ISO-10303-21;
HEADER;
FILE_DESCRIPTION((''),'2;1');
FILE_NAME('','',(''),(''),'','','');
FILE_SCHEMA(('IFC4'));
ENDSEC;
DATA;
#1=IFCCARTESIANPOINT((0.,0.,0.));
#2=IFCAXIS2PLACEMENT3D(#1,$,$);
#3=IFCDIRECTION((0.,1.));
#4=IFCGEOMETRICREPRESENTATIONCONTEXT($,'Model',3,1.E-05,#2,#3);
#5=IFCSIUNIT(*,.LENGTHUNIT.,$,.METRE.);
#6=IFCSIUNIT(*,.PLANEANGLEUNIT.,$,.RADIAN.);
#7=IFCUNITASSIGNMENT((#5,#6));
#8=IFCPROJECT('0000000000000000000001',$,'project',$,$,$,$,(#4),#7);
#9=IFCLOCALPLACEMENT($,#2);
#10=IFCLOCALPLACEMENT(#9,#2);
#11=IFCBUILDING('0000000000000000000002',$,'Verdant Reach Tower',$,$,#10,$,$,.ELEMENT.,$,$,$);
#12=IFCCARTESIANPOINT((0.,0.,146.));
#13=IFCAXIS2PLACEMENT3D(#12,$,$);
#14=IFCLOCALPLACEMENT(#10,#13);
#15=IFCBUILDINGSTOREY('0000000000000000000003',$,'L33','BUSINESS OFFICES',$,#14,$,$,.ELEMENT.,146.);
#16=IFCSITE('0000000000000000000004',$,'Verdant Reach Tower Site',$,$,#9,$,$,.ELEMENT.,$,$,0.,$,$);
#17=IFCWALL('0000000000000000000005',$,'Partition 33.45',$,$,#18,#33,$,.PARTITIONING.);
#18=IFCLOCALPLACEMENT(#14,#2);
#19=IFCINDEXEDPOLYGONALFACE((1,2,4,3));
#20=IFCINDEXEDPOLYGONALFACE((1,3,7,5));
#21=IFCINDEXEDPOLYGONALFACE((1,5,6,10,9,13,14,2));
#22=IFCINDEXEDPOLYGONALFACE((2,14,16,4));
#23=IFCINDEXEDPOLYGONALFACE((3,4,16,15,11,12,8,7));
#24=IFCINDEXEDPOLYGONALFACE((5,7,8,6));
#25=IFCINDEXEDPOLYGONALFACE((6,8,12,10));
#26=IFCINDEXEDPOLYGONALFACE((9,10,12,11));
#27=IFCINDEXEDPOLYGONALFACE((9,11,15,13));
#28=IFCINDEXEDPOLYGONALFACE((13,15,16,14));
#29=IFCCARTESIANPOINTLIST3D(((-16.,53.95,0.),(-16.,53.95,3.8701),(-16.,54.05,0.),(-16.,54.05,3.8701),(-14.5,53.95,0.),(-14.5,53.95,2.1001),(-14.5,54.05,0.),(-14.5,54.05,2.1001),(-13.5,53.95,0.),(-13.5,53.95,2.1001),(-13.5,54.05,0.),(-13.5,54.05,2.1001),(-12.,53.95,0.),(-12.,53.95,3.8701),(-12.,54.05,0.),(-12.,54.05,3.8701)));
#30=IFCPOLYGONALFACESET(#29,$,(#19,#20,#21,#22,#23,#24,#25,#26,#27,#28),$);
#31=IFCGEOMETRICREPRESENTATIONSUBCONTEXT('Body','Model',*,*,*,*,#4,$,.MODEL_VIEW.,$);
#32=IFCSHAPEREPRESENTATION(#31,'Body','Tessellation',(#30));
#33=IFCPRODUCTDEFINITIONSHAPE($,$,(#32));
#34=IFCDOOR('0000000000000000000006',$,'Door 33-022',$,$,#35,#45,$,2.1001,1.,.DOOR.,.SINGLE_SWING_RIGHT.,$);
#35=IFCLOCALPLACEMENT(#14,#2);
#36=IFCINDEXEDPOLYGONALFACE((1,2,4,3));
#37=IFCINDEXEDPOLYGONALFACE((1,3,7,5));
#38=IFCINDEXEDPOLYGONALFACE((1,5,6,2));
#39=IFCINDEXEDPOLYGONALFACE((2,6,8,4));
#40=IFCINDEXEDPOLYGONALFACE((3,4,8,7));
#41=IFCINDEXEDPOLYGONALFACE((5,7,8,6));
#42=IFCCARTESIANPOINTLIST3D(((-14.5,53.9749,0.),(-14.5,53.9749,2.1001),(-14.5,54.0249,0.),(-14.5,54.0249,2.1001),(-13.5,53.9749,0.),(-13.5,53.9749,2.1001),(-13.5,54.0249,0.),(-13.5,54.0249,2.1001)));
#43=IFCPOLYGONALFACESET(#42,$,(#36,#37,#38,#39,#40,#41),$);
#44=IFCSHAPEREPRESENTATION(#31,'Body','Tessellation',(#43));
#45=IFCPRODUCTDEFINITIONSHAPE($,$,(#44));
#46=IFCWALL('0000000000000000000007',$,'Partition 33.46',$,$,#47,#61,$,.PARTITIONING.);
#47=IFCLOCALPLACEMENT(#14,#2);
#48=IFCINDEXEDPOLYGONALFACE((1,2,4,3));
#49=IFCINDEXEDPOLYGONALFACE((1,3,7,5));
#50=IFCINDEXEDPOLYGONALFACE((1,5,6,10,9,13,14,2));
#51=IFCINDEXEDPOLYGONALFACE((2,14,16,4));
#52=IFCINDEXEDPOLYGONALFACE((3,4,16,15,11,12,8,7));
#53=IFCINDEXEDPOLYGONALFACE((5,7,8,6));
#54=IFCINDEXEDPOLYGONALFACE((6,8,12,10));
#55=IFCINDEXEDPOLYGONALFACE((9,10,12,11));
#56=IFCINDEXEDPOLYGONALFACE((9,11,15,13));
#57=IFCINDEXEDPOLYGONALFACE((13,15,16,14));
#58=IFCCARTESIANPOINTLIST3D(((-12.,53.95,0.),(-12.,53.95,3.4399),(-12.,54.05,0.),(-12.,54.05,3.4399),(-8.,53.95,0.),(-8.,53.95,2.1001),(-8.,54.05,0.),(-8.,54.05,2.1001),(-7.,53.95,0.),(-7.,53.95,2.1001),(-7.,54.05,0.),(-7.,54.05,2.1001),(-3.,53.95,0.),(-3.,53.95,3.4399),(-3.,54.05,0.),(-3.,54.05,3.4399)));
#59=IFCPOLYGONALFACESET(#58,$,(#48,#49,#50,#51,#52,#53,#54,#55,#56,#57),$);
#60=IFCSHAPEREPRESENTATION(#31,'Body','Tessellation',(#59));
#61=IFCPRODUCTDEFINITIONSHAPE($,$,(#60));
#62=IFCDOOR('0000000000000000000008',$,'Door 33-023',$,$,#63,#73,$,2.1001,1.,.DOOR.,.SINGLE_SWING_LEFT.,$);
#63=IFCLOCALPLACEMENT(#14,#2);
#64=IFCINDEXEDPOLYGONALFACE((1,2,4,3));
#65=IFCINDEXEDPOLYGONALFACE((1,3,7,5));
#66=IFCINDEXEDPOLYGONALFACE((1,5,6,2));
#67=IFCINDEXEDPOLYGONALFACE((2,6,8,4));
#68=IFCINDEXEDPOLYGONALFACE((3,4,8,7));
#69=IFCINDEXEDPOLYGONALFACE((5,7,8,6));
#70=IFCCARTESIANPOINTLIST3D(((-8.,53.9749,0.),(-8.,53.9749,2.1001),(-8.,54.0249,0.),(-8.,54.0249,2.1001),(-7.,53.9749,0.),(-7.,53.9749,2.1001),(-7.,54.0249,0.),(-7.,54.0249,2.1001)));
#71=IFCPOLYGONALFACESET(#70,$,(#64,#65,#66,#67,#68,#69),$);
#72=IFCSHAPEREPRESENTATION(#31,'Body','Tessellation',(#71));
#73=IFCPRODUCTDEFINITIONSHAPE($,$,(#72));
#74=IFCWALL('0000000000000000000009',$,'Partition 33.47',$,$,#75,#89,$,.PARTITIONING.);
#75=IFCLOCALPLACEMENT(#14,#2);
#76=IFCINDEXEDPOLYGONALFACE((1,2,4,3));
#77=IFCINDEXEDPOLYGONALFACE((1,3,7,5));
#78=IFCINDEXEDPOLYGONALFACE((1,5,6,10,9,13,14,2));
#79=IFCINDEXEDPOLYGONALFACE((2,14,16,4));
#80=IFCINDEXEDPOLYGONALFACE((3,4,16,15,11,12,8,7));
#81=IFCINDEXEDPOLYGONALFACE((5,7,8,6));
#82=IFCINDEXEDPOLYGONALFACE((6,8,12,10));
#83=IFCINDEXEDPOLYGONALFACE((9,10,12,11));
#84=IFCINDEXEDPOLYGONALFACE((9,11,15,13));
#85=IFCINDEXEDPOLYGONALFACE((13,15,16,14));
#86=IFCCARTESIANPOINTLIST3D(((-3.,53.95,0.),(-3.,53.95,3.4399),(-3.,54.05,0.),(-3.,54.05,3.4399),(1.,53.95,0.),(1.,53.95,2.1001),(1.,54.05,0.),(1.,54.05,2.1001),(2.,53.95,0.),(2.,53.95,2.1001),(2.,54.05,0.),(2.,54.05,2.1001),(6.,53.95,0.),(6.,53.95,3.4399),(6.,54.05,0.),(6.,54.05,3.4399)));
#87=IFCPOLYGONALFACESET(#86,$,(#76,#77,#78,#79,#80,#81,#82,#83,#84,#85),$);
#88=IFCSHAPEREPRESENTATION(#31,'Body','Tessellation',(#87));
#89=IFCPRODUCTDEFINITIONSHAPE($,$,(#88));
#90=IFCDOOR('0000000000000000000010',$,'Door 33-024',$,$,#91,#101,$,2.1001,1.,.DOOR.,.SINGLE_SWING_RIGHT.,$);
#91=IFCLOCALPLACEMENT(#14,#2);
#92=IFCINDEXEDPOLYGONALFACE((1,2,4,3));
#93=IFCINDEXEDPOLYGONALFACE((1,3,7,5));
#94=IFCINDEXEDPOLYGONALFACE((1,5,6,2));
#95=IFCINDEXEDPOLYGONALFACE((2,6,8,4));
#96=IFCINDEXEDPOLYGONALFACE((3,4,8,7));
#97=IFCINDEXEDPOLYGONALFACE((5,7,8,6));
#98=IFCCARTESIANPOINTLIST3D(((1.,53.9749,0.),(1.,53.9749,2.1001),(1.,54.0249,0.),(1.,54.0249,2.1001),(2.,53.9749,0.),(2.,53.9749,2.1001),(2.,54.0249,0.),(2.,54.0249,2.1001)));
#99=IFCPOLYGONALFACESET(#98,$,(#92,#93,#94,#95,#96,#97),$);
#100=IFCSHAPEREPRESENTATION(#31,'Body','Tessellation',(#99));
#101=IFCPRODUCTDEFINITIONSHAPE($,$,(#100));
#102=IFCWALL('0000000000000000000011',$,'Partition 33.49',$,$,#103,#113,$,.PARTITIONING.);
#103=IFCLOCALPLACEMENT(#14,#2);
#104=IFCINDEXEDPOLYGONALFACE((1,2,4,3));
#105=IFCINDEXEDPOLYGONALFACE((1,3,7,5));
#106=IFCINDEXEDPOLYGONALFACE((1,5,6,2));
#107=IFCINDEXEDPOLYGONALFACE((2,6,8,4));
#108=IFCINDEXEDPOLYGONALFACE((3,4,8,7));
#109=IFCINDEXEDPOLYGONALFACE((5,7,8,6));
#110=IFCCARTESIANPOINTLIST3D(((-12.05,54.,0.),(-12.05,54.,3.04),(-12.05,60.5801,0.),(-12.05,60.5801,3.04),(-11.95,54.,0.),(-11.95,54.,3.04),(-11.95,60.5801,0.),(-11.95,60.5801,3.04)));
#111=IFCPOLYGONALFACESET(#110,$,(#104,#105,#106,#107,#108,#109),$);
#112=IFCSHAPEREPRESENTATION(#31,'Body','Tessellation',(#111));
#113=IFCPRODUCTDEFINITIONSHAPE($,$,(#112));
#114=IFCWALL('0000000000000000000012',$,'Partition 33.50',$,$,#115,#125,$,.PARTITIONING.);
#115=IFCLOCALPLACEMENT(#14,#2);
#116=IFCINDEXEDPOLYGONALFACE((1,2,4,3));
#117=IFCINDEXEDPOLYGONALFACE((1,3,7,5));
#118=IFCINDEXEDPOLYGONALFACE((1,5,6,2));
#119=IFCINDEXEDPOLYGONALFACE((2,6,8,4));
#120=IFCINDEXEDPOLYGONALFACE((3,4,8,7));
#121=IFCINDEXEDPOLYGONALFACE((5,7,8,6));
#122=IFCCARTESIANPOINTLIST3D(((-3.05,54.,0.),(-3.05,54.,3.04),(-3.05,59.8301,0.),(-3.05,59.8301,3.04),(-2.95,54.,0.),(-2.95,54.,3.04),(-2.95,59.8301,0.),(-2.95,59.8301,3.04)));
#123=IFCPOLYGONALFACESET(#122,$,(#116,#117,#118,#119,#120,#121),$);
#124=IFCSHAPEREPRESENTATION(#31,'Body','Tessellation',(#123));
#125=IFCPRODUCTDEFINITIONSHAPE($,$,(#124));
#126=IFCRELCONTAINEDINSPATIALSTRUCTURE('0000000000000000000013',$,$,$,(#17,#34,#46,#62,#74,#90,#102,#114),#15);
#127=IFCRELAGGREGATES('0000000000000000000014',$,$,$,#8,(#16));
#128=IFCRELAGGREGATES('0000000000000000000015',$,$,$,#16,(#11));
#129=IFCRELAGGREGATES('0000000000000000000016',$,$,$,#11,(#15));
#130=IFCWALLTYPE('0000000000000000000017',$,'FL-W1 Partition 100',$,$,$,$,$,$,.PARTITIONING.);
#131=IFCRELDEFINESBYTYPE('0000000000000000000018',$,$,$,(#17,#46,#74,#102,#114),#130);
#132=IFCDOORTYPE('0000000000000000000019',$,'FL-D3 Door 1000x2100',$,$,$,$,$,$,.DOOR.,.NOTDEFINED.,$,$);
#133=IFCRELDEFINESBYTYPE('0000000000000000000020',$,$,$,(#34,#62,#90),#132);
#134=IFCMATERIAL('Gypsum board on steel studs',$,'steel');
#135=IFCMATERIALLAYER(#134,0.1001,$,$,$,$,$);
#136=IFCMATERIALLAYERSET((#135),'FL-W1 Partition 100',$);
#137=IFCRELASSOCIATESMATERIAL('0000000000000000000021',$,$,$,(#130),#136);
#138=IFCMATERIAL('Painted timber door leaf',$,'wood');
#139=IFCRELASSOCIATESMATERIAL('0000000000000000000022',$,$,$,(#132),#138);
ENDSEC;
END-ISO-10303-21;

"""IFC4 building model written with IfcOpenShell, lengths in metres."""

from ifc_helpers import new_model, si_unit, direction, frame, frame_2d, origin, place, context, subcontext, project, spatial, rectangle, extrude, material, layer, layer_set, type_object, element, fill, save


model = new_model("IFC4")

# Units and contexts
model_context = context("Model", 3, precision=1e-05, world=origin(), true_north=direction((0.0, 1.0)))
body_context = subcontext(model_context, "Body", "Model", "MODEL_VIEW")
ifc_project = project(units=[si_unit("LENGTHUNIT", "METRE"), si_unit("PLANEANGLEUNIT", "RADIAN")], contexts=[model_context])

# Site, building, storey
site_placement = place(None, origin())
site = spatial("IfcSite", under=ifc_project, at=site_placement, Name="Verdant Reach Tower Site", CompositionType="ELEMENT", RefElevation=0.0)
building_placement = place(site_placement, origin())
building = spatial("IfcBuilding", under=site, at=building_placement, Name="Verdant Reach Tower", CompositionType="ELEMENT")
storey_placement = place(building_placement, frame((0.0, 0.0, 146.0)))
storey = spatial("IfcBuildingStorey", under=building, at=storey_placement, Name="L33", Description="BUSINESS OFFICES", CompositionType="ELEMENT", Elevation=146.0)

# Shared definitions
ifc_material_1 = material(Name="Gypsum board on steel studs", Category="steel")
ifc_layer_1 = layer(ifc_material_1, 0.1001)
ifc_layer_set_1 = layer_set([ifc_layer_1], Name="FL-W1 Partition 100")
wall_type = type_object("IfcWallType", Name="FL-W1 Partition 100", PredefinedType="PARTITIONING", material=ifc_layer_set_1)

# Walls, openings, doors
wall_1_placement = place(storey_placement, frame((-16.0, 54.0, 0.0), z_axis=(0.0, 0.0, 1.0), x_axis=(1.0, 0.0, 0.0)))
wall_1 = element("IfcWall", 1, at=wall_1_placement, inside=storey, type_object=wall_type, Name="Partition 33.45", PredefinedType="PARTITIONING", context=body_context, shape_type="SweptSolid", body=[
    extrude(rectangle(XDim=4.0, YDim=0.1001, at=frame_2d((2.0, 0.0))), origin(), (0.0, 0.0, 1.0), 3.8701),
])
opening_1_placement = place(wall_1_placement, frame((1.5, 0.0, 0.0)))
opening_1 = element("IfcOpeningElement", 2, at=opening_1_placement, cuts=wall_1, PredefinedType="OPENING", context=body_context, shape_type="SweptSolid", body=[
    extrude(rectangle(XDim=1.0, YDim=2.1001, at=frame_2d((0.5, 1.05))), frame((0.0, 0.0601, 0.0), z_axis=(0.0, -1.0, 0.0), x_axis=(1.0, 0.0, 0.0)), (0.0, 0.0, 1.0), 0.1201),
])
ifc_material_2 = material(Name="Painted timber door leaf", Category="wood")
door_type = type_object("IfcDoorType", Name="FL-D3 Door 1000x2100", OperationType="NOTDEFINED", PredefinedType="DOOR", material=ifc_material_2)
door_1_placement = place(opening_1_placement, origin())
door_1 = element("IfcDoor", 3, at=door_1_placement, inside=storey, type_object=door_type, Name="Door 33-022", OperationType="SINGLE_SWING_RIGHT", OverallHeight=2.1001, OverallWidth=1.0, PredefinedType="DOOR", context=body_context, shape_type="SweptSolid", body=[
    extrude(rectangle(XDim=1.0, YDim=2.1001, at=frame_2d((0.5, 1.05))), frame((0.0, 0.0249, 0.0), z_axis=(0.0, -1.0, 0.0), x_axis=(1.0, 0.0, 0.0)), (0.0, 0.0, 1.0), 0.05),
])
fill(opening_1, door_1)
wall_2_placement = place(storey_placement, frame((-12.0, 54.0, 0.0), z_axis=(0.0, 0.0, 1.0), x_axis=(1.0, 0.0, 0.0)))
wall_2 = element("IfcWall", 4, at=wall_2_placement, inside=storey, type_object=wall_type, Name="Partition 33.46", PredefinedType="PARTITIONING", context=body_context, shape_type="SweptSolid", body=[
    extrude(rectangle(XDim=9.0, YDim=0.1001, at=frame_2d((4.5, 0.0))), origin(), (0.0, 0.0, 1.0), 3.4399),
])
opening_2_placement = place(wall_2_placement, frame((4.0, 0.0, 0.0)))
opening_2 = element("IfcOpeningElement", 5, at=opening_2_placement, cuts=wall_2, PredefinedType="OPENING", context=body_context, shape_type="SweptSolid", body=[
    extrude(rectangle(XDim=1.0, YDim=2.1001, at=frame_2d((0.5, 1.05))), frame((0.0, 0.0601, 0.0), z_axis=(0.0, -1.0, 0.0), x_axis=(1.0, 0.0, 0.0)), (0.0, 0.0, 1.0), 0.1201),
])
door_2_placement = place(opening_2_placement, origin())
door_2 = element("IfcDoor", 6, at=door_2_placement, inside=storey, type_object=door_type, Name="Door 33-023", OperationType="SINGLE_SWING_LEFT", OverallHeight=2.1001, OverallWidth=1.0, PredefinedType="DOOR", context=body_context, shape_type="SweptSolid", body=[
    extrude(rectangle(XDim=1.0, YDim=2.1001, at=frame_2d((0.5, 1.05))), frame((0.0, 0.0249, 0.0), z_axis=(0.0, -1.0, 0.0), x_axis=(1.0, 0.0, 0.0)), (0.0, 0.0, 1.0), 0.05),
])
fill(opening_2, door_2)
wall_3_placement = place(storey_placement, frame((-3.0, 54.0, 0.0), z_axis=(0.0, 0.0, 1.0), x_axis=(1.0, 0.0, 0.0)))
wall_3 = element("IfcWall", 7, at=wall_3_placement, inside=storey, type_object=wall_type, Name="Partition 33.47", PredefinedType="PARTITIONING", context=body_context, shape_type="SweptSolid", body=[
    extrude(rectangle(XDim=9.0, YDim=0.1001, at=frame_2d((4.5, 0.0))), origin(), (0.0, 0.0, 1.0), 3.4399),
])
opening_3_placement = place(wall_3_placement, frame((4.0, 0.0, 0.0)))
opening_3 = element("IfcOpeningElement", 8, at=opening_3_placement, cuts=wall_3, PredefinedType="OPENING", context=body_context, shape_type="SweptSolid", body=[
    extrude(rectangle(XDim=1.0, YDim=2.1001, at=frame_2d((0.5, 1.05))), frame((0.0, 0.0601, 0.0), z_axis=(0.0, -1.0, 0.0), x_axis=(1.0, 0.0, 0.0)), (0.0, 0.0, 1.0), 0.1201),
])
door_3_placement = place(opening_3_placement, origin())
door_3 = element("IfcDoor", 9, at=door_3_placement, inside=storey, type_object=door_type, Name="Door 33-024", OperationType="SINGLE_SWING_RIGHT", OverallHeight=2.1001, OverallWidth=1.0, PredefinedType="DOOR", context=body_context, shape_type="SweptSolid", body=[
    extrude(rectangle(XDim=1.0, YDim=2.1001, at=frame_2d((0.5, 1.05))), frame((0.0, 0.0249, 0.0), z_axis=(0.0, -1.0, 0.0), x_axis=(1.0, 0.0, 0.0)), (0.0, 0.0, 1.0), 0.05),
])
fill(opening_3, door_3)

# Walls
wall_4_placement = place(storey_placement, frame((-12.0, 54.0, 0.0), z_axis=(0.0, 0.0, 1.0), x_axis=(0.0, 1.0, 0.0)))
element("IfcWall", 10, at=wall_4_placement, inside=storey, type_object=wall_type, Name="Partition 33.49", PredefinedType="PARTITIONING", context=body_context, shape_type="SweptSolid", body=[
    extrude(rectangle(XDim=6.5801, YDim=0.1001, at=frame_2d((3.29, 0.0))), origin(), (0.0, 0.0, 1.0), 3.04),
])
wall_5_placement = place(storey_placement, frame((-3.0, 54.0, 0.0), z_axis=(0.0, 0.0, 1.0), x_axis=(0.0, 1.0, 0.0)))
element("IfcWall", 11, at=wall_5_placement, inside=storey, type_object=wall_type, Name="Partition 33.50", PredefinedType="PARTITIONING", context=body_context, shape_type="SweptSolid", body=[
    extrude(rectangle(XDim=5.8301, YDim=0.1001, at=frame_2d((2.915, 0.0))), origin(), (0.0, 0.0, 1.0), 3.04),
])

save(model, "model.ifc")
